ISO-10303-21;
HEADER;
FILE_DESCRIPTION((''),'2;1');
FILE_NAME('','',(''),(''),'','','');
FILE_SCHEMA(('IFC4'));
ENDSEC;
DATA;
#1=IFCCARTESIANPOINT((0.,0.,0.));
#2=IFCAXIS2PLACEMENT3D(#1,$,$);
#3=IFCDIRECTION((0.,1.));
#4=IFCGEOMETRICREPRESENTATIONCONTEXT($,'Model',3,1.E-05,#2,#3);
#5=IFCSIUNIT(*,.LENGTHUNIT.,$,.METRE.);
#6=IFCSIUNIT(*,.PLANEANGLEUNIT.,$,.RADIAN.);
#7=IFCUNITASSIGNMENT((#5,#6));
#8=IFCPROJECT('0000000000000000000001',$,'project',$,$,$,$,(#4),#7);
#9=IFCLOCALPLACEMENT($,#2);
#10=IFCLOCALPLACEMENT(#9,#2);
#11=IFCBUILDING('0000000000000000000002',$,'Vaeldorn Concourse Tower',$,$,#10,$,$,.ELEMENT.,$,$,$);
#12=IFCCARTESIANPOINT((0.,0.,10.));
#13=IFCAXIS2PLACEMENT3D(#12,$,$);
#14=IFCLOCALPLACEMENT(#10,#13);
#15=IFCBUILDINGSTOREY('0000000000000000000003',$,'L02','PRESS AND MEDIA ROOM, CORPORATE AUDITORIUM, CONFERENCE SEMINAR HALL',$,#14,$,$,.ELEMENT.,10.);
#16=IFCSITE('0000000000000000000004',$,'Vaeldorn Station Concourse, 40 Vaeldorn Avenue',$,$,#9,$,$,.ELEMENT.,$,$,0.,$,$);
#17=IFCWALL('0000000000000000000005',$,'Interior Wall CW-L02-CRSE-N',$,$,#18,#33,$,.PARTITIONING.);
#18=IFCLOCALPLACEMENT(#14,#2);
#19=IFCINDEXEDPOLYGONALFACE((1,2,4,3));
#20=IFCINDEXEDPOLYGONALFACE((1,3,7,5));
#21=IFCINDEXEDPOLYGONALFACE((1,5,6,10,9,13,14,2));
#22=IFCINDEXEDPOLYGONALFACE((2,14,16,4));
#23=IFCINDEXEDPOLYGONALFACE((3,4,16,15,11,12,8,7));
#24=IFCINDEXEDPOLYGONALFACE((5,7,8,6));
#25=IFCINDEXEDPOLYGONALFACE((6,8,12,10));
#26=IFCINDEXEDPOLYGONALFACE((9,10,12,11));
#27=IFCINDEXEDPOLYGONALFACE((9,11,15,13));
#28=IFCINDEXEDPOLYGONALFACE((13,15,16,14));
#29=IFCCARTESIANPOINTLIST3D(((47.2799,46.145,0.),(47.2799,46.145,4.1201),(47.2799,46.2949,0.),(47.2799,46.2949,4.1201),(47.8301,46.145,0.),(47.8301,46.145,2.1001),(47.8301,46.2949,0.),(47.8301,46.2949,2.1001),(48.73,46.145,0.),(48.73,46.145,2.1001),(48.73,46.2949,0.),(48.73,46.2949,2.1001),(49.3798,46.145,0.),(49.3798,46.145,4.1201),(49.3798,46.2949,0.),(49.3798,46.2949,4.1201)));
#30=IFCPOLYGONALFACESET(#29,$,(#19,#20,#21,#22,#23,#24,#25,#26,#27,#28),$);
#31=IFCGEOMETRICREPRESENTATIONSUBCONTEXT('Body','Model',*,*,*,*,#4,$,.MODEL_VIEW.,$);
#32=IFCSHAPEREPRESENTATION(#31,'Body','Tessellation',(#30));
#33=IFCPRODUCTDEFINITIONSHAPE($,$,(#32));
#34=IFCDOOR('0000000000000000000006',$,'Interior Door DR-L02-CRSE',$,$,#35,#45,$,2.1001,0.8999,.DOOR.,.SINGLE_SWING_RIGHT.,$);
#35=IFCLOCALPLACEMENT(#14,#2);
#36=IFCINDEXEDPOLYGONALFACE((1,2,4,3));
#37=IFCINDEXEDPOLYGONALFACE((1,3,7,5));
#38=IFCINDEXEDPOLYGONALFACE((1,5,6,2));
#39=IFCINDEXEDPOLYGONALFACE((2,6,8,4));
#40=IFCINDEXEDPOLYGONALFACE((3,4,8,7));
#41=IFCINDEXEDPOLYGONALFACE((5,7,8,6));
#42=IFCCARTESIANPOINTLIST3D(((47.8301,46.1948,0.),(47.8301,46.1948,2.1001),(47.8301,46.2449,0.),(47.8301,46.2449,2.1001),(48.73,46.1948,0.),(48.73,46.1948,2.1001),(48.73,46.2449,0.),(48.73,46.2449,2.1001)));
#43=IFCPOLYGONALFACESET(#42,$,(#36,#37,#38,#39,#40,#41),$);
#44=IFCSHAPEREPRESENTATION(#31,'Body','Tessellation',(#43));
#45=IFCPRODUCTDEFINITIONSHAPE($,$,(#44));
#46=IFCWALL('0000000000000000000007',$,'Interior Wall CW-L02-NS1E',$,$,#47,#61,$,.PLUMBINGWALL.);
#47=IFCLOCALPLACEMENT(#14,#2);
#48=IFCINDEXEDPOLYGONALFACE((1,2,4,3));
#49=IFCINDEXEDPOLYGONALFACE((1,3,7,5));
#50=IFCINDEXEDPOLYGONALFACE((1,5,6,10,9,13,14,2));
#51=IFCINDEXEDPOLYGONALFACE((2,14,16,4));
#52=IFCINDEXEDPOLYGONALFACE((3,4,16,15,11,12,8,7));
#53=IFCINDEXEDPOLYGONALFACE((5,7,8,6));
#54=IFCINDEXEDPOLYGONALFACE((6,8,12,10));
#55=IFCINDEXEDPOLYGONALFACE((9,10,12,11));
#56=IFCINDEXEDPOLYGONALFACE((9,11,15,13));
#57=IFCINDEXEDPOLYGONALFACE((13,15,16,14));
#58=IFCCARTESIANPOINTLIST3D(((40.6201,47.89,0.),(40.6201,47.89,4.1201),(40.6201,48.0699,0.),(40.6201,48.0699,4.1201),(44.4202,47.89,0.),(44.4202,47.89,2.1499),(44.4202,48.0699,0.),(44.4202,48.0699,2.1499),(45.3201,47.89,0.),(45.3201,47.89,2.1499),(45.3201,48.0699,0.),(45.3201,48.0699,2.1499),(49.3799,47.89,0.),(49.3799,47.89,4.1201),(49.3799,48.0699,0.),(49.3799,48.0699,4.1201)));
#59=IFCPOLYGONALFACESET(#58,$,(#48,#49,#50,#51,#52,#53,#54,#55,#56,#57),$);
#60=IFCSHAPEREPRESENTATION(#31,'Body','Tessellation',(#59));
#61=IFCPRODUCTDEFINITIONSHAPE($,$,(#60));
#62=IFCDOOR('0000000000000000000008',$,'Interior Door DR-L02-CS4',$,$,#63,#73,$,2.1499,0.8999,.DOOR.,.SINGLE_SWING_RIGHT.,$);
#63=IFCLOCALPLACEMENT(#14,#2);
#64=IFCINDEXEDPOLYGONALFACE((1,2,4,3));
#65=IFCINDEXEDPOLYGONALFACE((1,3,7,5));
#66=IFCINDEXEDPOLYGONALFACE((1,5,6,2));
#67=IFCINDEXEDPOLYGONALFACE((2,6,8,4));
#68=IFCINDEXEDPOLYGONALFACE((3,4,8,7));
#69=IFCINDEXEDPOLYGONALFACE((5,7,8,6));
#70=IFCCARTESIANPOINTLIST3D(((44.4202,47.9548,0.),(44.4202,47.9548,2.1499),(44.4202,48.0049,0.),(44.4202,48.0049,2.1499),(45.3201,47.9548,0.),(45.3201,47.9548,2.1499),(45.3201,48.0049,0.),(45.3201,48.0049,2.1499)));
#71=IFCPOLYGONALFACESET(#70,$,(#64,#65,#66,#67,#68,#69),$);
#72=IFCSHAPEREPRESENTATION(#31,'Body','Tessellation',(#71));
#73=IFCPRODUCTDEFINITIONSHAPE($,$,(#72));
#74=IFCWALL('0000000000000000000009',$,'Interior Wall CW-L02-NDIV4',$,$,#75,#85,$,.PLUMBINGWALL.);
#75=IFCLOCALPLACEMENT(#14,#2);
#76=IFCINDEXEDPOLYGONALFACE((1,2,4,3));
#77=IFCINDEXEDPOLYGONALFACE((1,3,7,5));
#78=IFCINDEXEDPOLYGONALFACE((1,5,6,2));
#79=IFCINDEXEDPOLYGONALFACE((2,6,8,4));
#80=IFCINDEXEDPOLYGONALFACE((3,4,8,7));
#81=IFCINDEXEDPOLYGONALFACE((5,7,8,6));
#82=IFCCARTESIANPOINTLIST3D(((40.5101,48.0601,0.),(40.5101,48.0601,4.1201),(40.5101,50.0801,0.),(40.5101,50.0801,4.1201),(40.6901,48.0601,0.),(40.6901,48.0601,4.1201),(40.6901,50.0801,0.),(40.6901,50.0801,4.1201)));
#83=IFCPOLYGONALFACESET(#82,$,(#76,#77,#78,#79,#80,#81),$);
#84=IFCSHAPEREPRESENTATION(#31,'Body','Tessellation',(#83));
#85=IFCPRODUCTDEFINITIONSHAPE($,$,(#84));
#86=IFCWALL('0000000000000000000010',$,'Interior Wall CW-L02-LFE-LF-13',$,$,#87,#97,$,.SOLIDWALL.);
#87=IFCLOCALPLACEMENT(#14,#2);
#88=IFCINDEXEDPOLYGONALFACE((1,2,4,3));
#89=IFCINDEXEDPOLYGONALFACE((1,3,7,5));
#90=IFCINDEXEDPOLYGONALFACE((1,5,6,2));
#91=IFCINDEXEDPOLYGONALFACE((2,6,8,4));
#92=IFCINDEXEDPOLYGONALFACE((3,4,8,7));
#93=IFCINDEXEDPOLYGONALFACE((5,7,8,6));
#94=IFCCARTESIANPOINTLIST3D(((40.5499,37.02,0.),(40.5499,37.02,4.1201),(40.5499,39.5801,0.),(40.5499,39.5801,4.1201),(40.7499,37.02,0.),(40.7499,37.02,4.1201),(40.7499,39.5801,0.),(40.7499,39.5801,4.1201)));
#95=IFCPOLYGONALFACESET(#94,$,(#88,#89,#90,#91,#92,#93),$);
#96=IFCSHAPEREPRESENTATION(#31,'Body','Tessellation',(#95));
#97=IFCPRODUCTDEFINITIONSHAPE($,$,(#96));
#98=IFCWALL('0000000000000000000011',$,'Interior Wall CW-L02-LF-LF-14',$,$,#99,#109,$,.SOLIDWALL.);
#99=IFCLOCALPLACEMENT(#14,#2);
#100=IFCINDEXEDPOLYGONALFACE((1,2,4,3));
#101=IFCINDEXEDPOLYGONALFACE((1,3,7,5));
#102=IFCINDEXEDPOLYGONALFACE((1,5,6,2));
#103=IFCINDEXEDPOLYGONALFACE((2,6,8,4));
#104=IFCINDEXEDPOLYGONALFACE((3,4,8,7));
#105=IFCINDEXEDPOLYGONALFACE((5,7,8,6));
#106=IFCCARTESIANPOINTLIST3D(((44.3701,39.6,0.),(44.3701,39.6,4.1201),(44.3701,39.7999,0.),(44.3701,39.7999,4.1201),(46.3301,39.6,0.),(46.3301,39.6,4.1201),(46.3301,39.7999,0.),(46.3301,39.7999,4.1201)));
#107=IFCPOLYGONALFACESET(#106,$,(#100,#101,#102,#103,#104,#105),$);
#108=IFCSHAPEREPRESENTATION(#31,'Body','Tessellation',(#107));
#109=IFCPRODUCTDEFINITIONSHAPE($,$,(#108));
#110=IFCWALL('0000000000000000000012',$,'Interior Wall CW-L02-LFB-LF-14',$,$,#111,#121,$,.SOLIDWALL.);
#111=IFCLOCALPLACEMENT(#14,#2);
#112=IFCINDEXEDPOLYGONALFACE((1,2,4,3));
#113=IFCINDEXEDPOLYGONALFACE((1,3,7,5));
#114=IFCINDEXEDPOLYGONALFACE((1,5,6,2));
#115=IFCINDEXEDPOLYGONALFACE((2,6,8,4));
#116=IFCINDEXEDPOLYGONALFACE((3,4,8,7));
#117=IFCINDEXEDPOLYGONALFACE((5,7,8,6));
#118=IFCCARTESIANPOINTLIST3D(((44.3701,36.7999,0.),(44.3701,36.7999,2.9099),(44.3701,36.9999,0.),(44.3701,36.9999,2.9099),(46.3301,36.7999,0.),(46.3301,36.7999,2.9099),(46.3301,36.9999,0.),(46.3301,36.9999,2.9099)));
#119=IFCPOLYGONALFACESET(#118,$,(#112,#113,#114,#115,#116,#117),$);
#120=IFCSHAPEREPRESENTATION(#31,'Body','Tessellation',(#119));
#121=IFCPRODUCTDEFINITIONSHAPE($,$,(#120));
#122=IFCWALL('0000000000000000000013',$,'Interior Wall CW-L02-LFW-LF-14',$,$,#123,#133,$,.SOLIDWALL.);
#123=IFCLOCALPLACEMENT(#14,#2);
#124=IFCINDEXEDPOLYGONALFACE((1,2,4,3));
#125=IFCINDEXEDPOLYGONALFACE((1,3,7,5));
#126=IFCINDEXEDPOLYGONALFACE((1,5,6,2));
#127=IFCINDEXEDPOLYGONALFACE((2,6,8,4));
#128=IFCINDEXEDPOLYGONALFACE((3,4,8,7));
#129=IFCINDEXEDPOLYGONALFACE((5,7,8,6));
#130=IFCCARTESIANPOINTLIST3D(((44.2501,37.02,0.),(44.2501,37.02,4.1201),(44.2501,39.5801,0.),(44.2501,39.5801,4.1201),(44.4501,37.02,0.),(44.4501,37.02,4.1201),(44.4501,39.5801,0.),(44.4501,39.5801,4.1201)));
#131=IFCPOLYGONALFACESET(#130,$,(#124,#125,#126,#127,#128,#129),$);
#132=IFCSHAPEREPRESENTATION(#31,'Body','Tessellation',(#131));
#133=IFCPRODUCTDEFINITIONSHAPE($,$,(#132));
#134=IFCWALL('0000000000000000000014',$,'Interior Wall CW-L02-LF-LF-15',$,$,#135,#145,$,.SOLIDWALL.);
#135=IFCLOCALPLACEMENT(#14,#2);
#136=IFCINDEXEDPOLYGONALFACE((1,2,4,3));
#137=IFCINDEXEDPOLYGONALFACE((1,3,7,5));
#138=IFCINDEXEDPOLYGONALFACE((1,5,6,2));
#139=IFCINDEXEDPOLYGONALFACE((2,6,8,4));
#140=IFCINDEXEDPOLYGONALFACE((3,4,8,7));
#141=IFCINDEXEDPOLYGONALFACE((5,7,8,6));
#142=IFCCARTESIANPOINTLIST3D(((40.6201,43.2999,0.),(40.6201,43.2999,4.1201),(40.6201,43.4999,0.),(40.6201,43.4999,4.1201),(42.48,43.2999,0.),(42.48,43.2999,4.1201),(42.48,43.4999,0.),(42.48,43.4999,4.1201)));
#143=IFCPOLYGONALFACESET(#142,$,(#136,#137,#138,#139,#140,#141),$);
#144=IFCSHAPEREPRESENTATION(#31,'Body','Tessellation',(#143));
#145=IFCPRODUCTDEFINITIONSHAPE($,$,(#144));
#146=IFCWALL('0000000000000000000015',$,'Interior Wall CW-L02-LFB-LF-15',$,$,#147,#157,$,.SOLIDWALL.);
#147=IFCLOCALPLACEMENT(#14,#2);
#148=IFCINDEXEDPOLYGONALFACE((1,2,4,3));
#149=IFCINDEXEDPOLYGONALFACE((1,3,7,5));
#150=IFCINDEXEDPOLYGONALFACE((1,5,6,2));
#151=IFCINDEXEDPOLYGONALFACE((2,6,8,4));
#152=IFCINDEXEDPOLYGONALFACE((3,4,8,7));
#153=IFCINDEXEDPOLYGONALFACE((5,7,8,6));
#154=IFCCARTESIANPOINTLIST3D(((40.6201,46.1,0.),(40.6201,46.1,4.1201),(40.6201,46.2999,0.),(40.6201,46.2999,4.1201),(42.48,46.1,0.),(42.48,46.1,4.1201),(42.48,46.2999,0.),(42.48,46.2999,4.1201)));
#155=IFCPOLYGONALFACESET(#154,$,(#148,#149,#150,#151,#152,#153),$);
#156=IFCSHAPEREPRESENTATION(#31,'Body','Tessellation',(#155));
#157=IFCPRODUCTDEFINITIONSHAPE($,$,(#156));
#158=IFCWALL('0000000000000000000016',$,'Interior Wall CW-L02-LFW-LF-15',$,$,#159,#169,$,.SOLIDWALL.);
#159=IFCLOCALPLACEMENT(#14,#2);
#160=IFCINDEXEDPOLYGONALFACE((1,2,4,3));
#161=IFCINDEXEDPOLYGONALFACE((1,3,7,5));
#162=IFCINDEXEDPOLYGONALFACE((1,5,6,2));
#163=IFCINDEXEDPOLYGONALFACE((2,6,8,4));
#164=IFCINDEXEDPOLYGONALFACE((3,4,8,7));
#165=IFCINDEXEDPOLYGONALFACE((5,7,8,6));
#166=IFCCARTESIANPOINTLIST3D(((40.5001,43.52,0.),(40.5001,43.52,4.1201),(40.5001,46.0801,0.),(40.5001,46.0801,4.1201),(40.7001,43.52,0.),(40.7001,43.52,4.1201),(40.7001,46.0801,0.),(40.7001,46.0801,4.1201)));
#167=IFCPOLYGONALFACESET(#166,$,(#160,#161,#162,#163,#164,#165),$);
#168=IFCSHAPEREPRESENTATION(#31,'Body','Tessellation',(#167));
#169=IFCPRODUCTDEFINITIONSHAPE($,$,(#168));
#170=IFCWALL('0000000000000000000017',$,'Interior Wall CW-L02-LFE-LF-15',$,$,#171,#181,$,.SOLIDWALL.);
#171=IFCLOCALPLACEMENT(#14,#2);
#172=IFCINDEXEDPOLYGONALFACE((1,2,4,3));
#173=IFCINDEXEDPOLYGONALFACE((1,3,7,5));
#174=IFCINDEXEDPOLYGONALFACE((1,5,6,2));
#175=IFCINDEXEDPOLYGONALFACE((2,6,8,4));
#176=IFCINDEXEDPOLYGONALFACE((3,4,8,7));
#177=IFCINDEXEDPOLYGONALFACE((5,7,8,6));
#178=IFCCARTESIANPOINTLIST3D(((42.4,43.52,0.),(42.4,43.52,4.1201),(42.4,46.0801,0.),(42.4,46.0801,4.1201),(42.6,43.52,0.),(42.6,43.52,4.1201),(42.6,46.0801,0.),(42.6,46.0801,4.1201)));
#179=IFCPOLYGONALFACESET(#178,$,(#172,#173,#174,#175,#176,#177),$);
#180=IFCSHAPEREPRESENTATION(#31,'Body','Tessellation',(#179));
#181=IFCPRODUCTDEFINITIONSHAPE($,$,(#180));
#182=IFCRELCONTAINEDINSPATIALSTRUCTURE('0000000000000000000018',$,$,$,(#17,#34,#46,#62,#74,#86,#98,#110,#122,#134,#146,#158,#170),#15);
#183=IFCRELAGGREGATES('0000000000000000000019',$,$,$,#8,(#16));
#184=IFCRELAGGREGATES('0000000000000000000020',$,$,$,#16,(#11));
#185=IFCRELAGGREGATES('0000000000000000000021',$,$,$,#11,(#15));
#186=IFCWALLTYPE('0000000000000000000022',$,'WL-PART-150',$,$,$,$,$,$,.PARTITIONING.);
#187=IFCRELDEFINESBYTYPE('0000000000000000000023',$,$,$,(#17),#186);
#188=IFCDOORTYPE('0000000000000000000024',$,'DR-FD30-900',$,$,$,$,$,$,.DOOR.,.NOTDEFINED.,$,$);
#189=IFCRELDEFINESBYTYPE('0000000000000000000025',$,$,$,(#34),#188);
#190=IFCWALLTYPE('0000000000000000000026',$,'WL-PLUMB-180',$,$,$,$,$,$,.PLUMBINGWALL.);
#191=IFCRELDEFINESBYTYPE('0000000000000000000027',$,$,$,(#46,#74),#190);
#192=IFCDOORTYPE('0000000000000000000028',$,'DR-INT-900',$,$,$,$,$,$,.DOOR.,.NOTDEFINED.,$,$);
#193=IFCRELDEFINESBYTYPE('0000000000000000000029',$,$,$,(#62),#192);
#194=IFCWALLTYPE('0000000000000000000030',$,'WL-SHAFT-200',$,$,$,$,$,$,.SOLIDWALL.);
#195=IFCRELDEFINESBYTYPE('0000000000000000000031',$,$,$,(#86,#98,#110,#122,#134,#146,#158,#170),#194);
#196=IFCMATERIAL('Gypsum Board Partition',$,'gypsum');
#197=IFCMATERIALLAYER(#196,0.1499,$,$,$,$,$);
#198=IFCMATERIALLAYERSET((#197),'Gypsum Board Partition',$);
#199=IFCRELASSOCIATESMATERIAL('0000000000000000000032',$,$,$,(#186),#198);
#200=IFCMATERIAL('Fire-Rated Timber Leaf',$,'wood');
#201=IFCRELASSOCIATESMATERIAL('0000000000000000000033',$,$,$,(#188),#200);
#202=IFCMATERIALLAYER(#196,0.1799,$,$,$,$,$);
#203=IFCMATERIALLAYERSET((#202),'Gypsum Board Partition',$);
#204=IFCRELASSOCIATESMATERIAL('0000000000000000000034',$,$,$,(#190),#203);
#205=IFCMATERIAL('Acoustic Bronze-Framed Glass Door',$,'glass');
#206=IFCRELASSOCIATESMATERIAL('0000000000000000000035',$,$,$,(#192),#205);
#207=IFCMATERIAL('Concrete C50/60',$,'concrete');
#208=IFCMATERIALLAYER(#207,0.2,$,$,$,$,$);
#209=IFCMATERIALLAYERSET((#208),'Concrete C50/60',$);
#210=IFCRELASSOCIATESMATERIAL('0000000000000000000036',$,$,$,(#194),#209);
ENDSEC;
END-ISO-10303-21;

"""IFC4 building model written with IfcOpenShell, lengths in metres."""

from ifc_helpers import new_model, si_unit, direction, frame, frame_2d, origin, place, context, subcontext, project, spatial, rectangle, extrude, source, transform, mapped, material, layer, layer_set, type_object, element, fill, save


model = new_model("IFC4")

# Units and contexts
model_context = context("Model", 3, precision=1e-05, world=origin(), true_north=direction((0.0, 1.0)))
body_context = subcontext(model_context, "Body", "Model", "MODEL_VIEW")
ifc_project = project(units=[si_unit("LENGTHUNIT", "METRE"), si_unit("PLANEANGLEUNIT", "RADIAN")], contexts=[model_context])

# Site, building, storey
site_placement = place(None, origin())
site = spatial("IfcSite", under=ifc_project, at=site_placement, Name="Vaeldorn Station Concourse, 40 Vaeldorn Avenue", CompositionType="ELEMENT", RefElevation=0.0)
building_placement = place(site_placement, origin())
building = spatial("IfcBuilding", under=site, at=building_placement, Name="Vaeldorn Concourse Tower", CompositionType="ELEMENT")
storey_placement = place(building_placement, frame((0.0, 0.0, 10.0)))
storey = spatial("IfcBuildingStorey", under=building, at=storey_placement, Name="L02", Description="PRESS AND MEDIA ROOM, CORPORATE AUDITORIUM, CONFERENCE SEMINAR HALL", CompositionType="ELEMENT", Elevation=10.0)

# Walls, openings, doors
ifc_material_1 = material(Name="Gypsum Board Partition", Category="gypsum")
ifc_layer_1 = layer(ifc_material_1, 0.1499)
ifc_layer_set_1 = layer_set([ifc_layer_1], Name="Gypsum Board Partition")
wall_type_1 = type_object("IfcWallType", Name="WL-PART-150", PredefinedType="PARTITIONING", material=ifc_layer_set_1)
wall_1_placement = place(storey_placement, frame((47.28, 46.22, 0.0), z_axis=(0.0, 0.0, 1.0), x_axis=(1.0, 0.0, 0.0)))
wall_1 = element("IfcWall", 1, at=wall_1_placement, inside=storey, type_object=wall_type_1, Name="Interior Wall CW-L02-CRSE-N", PredefinedType="PARTITIONING", context=body_context, shape_type="SweptSolid", body=[
    extrude(rectangle(XDim=2.0999, YDim=0.1499, at=frame_2d((1.0498, 0.0))), origin(), (0.0, 0.0, 1.0), 4.1201),
])
opening_1_placement = place(wall_1_placement, frame((0.55, 0.0, 0.0)))
opening_1 = element("IfcOpeningElement", 2, at=opening_1_placement, cuts=wall_1, PredefinedType="OPENING", context=body_context, shape_type="SweptSolid", body=[
    extrude(rectangle(XDim=0.8999, YDim=2.1001, at=frame_2d((0.45, 1.05))), frame((0.0, 0.085, 0.0), z_axis=(0.0, -1.0, 0.0), x_axis=(1.0, 0.0, 0.0)), (0.0, 0.0, 1.0), 0.1699),
])
ifc_material_2 = material(Name="Fire-Rated Timber Leaf", Category="wood")
door_type_1 = type_object("IfcDoorType", Name="DR-FD30-900", OperationType="NOTDEFINED", PredefinedType="DOOR", material=ifc_material_2)
shared_shape_1 = source(origin(), body_context, "Body", "SweptSolid", [
    extrude(rectangle(XDim=0.8999, YDim=2.1001, at=frame_2d((0.45, 1.05))), frame((0.0, 0.0249, 0.0), z_axis=(0.0, -1.0, 0.0), x_axis=(1.0, 0.0, 0.0)), (0.0, 0.0, 1.0), 0.05),
])
door_1_placement = place(opening_1_placement, origin())
door_1 = element("IfcDoor", 3, at=door_1_placement, inside=storey, type_object=door_type_1, Name="Interior Door DR-L02-CRSE", OperationType="SINGLE_SWING_RIGHT", OverallHeight=2.1001, OverallWidth=0.8999, PredefinedType="DOOR", context=body_context, shape_type="MappedRepresentation", body=[
    mapped(shared_shape_1, transform((0.0, 0.0, 0.0), scale=1.0)),
])
fill(opening_1, door_1)
ifc_layer_2 = layer(ifc_material_1, 0.1799)
ifc_layer_set_2 = layer_set([ifc_layer_2], Name="Gypsum Board Partition")
wall_type_2 = type_object("IfcWallType", Name="WL-PLUMB-180", PredefinedType="PLUMBINGWALL", material=ifc_layer_set_2)
wall_2_placement = place(storey_placement, frame((40.6201, 47.98, 0.0), z_axis=(0.0, 0.0, 1.0), x_axis=(1.0, 0.0, 0.0)))
wall_2 = element("IfcWall", 4, at=wall_2_placement, inside=storey, type_object=wall_type_2, Name="Interior Wall CW-L02-NS1E", PredefinedType="PLUMBINGWALL", context=body_context, shape_type="SweptSolid", body=[
    extrude(rectangle(XDim=8.7598, YDim=0.1799, at=frame_2d((4.3799, 0.0))), origin(), (0.0, 0.0, 1.0), 4.1201),
])
opening_2_placement = place(wall_2_placement, frame((3.8, 0.0, 0.0)))
opening_2 = element("IfcOpeningElement", 5, at=opening_2_placement, cuts=wall_2, PredefinedType="OPENING", context=body_context, shape_type="SweptSolid", body=[
    extrude(rectangle(XDim=0.8999, YDim=2.1499, at=frame_2d((0.45, 1.075))), frame((0.0, 0.1001, 0.0), z_axis=(0.0, -1.0, 0.0), x_axis=(1.0, 0.0, 0.0)), (0.0, 0.0, 1.0), 0.2),
])
ifc_material_3 = material(Name="Acoustic Bronze-Framed Glass Door", Category="glass")
door_type_2 = type_object("IfcDoorType", Name="DR-INT-900", OperationType="NOTDEFINED", PredefinedType="DOOR", material=ifc_material_3)
shared_shape_2 = source(origin(), body_context, "Body", "SweptSolid", [
    extrude(rectangle(XDim=0.8999, YDim=2.1499, at=frame_2d((0.45, 1.075))), frame((0.0, 0.0249, 0.0), z_axis=(0.0, -1.0, 0.0), x_axis=(1.0, 0.0, 0.0)), (0.0, 0.0, 1.0), 0.05),
])
door_2_placement = place(opening_2_placement, origin())
door_2 = element("IfcDoor", 6, at=door_2_placement, inside=storey, type_object=door_type_2, Name="Interior Door DR-L02-CS4", OperationType="SINGLE_SWING_RIGHT", OverallHeight=2.1499, OverallWidth=0.8999, PredefinedType="DOOR", context=body_context, shape_type="MappedRepresentation", body=[
    mapped(shared_shape_2, transform((0.0, 0.0, 0.0), scale=1.0)),
])
fill(opening_2, door_2)

# Wall
wall_3_placement = place(storey_placement, frame((40.6001, 48.0601, 0.0), z_axis=(0.0, 0.0, 1.0), x_axis=(0.0, 1.0, 0.0)))
element("IfcWall", 7, at=wall_3_placement, inside=storey, type_object=wall_type_2, Name="Interior Wall CW-L02-NDIV4", PredefinedType="PLUMBINGWALL", context=body_context, shape_type="SweptSolid", body=[
    extrude(rectangle(XDim=2.02, YDim=0.1799, at=frame_2d((1.01, 0.0))), origin(), (0.0, 0.0, 1.0), 4.1201),
])

# Shared definitions
ifc_material_4 = material(Name="Concrete C50/60", Category="concrete")
ifc_layer_3 = layer(ifc_material_4, 0.2)
ifc_layer_set_3 = layer_set([ifc_layer_3], Name="Concrete C50/60")
wall_type_3 = type_object("IfcWallType", Name="WL-SHAFT-200", PredefinedType="SOLIDWALL", material=ifc_layer_set_3)

# Walls
wall_4_placement = place(storey_placement, frame((40.6499, 37.02, 0.0), z_axis=(0.0, 0.0, 1.0), x_axis=(0.0, 1.0, 0.0)))
element("IfcWall", 8, at=wall_4_placement, inside=storey, type_object=wall_type_3, Name="Interior Wall CW-L02-LFE-LF-13", PredefinedType="SOLIDWALL", context=body_context, shape_type="SweptSolid", body=[
    extrude(rectangle(XDim=2.5601, YDim=0.2, at=frame_2d((1.28, 0.0))), origin(), (0.0, 0.0, 1.0), 4.1201),
])
wall_5_placement = place(storey_placement, frame((44.3701, 39.7, 0.0), z_axis=(0.0, 0.0, 1.0), x_axis=(1.0, 0.0, 0.0)))
element("IfcWall", 9, at=wall_5_placement, inside=storey, type_object=wall_type_3, Name="Interior Wall CW-L02-LF-LF-14", PredefinedType="SOLIDWALL", context=body_context, shape_type="SweptSolid", body=[
    extrude(rectangle(XDim=1.96, YDim=0.2, at=frame_2d((0.98, 0.0))), origin(), (0.0, 0.0, 1.0), 4.1201),
])
wall_6_placement = place(storey_placement, frame((44.3701, 36.8999, 0.0), z_axis=(0.0, 0.0, 1.0), x_axis=(1.0, 0.0, 0.0)))
element("IfcWall", 10, at=wall_6_placement, inside=storey, type_object=wall_type_3, Name="Interior Wall CW-L02-LFB-LF-14", PredefinedType="SOLIDWALL", context=body_context, shape_type="SweptSolid", body=[
    extrude(rectangle(XDim=1.96, YDim=0.2, at=frame_2d((0.98, 0.0))), origin(), (0.0, 0.0, 1.0), 2.9099),
])
wall_7_placement = place(storey_placement, frame((44.3501, 37.02, 0.0), z_axis=(0.0, 0.0, 1.0), x_axis=(0.0, 1.0, 0.0)))
element("IfcWall", 11, at=wall_7_placement, inside=storey, type_object=wall_type_3, Name="Interior Wall CW-L02-LFW-LF-14", PredefinedType="SOLIDWALL", context=body_context, shape_type="SweptSolid", body=[
    extrude(rectangle(XDim=2.5601, YDim=0.2, at=frame_2d((1.28, 0.0))), origin(), (0.0, 0.0, 1.0), 4.1201),
])
for number, where, z_axis, x_axis, name in (
    (12, (40.6201, 43.3999, 0.0), (0.0, 0.0, 1.0), (1.0, 0.0, 0.0), "Interior Wall CW-L02-LF-LF-15"),
    (13, (40.6201, 46.2, 0.0), (0.0, 0.0, 1.0), (1.0, 0.0, 0.0), "Interior Wall CW-L02-LFB-LF-15"),
):
    element("IfcWall", number, at=place(storey_placement, frame(where, z_axis=z_axis, x_axis=x_axis)), inside=storey, type_object=wall_type_3, Name=name, PredefinedType="SOLIDWALL", context=body_context, shape_type="SweptSolid", body=[
        extrude(rectangle(XDim=1.8599, YDim=0.2, at=frame_2d((0.9299, 0.0))), origin(), (0.0, 0.0, 1.0), 4.1201),
    ])
for number, where, z_axis, x_axis, name in (
    (14, (40.6001, 43.52, 0.0), (0.0, 0.0, 1.0), (0.0, 1.0, 0.0), "Interior Wall CW-L02-LFW-LF-15"),
    (15, (42.5, 43.52, 0.0), (0.0, 0.0, 1.0), (0.0, 1.0, 0.0), "Interior Wall CW-L02-LFE-LF-15"),
):
    element("IfcWall", number, at=place(storey_placement, frame(where, z_axis=z_axis, x_axis=x_axis)), inside=storey, type_object=wall_type_3, Name=name, PredefinedType="SOLIDWALL", context=body_context, shape_type="SweptSolid", body=[
        extrude(rectangle(XDim=2.5601, YDim=0.2, at=frame_2d((1.28, 0.0))), origin(), (0.0, 0.0, 1.0), 4.1201),
    ])

save(model, "model.ifc")
